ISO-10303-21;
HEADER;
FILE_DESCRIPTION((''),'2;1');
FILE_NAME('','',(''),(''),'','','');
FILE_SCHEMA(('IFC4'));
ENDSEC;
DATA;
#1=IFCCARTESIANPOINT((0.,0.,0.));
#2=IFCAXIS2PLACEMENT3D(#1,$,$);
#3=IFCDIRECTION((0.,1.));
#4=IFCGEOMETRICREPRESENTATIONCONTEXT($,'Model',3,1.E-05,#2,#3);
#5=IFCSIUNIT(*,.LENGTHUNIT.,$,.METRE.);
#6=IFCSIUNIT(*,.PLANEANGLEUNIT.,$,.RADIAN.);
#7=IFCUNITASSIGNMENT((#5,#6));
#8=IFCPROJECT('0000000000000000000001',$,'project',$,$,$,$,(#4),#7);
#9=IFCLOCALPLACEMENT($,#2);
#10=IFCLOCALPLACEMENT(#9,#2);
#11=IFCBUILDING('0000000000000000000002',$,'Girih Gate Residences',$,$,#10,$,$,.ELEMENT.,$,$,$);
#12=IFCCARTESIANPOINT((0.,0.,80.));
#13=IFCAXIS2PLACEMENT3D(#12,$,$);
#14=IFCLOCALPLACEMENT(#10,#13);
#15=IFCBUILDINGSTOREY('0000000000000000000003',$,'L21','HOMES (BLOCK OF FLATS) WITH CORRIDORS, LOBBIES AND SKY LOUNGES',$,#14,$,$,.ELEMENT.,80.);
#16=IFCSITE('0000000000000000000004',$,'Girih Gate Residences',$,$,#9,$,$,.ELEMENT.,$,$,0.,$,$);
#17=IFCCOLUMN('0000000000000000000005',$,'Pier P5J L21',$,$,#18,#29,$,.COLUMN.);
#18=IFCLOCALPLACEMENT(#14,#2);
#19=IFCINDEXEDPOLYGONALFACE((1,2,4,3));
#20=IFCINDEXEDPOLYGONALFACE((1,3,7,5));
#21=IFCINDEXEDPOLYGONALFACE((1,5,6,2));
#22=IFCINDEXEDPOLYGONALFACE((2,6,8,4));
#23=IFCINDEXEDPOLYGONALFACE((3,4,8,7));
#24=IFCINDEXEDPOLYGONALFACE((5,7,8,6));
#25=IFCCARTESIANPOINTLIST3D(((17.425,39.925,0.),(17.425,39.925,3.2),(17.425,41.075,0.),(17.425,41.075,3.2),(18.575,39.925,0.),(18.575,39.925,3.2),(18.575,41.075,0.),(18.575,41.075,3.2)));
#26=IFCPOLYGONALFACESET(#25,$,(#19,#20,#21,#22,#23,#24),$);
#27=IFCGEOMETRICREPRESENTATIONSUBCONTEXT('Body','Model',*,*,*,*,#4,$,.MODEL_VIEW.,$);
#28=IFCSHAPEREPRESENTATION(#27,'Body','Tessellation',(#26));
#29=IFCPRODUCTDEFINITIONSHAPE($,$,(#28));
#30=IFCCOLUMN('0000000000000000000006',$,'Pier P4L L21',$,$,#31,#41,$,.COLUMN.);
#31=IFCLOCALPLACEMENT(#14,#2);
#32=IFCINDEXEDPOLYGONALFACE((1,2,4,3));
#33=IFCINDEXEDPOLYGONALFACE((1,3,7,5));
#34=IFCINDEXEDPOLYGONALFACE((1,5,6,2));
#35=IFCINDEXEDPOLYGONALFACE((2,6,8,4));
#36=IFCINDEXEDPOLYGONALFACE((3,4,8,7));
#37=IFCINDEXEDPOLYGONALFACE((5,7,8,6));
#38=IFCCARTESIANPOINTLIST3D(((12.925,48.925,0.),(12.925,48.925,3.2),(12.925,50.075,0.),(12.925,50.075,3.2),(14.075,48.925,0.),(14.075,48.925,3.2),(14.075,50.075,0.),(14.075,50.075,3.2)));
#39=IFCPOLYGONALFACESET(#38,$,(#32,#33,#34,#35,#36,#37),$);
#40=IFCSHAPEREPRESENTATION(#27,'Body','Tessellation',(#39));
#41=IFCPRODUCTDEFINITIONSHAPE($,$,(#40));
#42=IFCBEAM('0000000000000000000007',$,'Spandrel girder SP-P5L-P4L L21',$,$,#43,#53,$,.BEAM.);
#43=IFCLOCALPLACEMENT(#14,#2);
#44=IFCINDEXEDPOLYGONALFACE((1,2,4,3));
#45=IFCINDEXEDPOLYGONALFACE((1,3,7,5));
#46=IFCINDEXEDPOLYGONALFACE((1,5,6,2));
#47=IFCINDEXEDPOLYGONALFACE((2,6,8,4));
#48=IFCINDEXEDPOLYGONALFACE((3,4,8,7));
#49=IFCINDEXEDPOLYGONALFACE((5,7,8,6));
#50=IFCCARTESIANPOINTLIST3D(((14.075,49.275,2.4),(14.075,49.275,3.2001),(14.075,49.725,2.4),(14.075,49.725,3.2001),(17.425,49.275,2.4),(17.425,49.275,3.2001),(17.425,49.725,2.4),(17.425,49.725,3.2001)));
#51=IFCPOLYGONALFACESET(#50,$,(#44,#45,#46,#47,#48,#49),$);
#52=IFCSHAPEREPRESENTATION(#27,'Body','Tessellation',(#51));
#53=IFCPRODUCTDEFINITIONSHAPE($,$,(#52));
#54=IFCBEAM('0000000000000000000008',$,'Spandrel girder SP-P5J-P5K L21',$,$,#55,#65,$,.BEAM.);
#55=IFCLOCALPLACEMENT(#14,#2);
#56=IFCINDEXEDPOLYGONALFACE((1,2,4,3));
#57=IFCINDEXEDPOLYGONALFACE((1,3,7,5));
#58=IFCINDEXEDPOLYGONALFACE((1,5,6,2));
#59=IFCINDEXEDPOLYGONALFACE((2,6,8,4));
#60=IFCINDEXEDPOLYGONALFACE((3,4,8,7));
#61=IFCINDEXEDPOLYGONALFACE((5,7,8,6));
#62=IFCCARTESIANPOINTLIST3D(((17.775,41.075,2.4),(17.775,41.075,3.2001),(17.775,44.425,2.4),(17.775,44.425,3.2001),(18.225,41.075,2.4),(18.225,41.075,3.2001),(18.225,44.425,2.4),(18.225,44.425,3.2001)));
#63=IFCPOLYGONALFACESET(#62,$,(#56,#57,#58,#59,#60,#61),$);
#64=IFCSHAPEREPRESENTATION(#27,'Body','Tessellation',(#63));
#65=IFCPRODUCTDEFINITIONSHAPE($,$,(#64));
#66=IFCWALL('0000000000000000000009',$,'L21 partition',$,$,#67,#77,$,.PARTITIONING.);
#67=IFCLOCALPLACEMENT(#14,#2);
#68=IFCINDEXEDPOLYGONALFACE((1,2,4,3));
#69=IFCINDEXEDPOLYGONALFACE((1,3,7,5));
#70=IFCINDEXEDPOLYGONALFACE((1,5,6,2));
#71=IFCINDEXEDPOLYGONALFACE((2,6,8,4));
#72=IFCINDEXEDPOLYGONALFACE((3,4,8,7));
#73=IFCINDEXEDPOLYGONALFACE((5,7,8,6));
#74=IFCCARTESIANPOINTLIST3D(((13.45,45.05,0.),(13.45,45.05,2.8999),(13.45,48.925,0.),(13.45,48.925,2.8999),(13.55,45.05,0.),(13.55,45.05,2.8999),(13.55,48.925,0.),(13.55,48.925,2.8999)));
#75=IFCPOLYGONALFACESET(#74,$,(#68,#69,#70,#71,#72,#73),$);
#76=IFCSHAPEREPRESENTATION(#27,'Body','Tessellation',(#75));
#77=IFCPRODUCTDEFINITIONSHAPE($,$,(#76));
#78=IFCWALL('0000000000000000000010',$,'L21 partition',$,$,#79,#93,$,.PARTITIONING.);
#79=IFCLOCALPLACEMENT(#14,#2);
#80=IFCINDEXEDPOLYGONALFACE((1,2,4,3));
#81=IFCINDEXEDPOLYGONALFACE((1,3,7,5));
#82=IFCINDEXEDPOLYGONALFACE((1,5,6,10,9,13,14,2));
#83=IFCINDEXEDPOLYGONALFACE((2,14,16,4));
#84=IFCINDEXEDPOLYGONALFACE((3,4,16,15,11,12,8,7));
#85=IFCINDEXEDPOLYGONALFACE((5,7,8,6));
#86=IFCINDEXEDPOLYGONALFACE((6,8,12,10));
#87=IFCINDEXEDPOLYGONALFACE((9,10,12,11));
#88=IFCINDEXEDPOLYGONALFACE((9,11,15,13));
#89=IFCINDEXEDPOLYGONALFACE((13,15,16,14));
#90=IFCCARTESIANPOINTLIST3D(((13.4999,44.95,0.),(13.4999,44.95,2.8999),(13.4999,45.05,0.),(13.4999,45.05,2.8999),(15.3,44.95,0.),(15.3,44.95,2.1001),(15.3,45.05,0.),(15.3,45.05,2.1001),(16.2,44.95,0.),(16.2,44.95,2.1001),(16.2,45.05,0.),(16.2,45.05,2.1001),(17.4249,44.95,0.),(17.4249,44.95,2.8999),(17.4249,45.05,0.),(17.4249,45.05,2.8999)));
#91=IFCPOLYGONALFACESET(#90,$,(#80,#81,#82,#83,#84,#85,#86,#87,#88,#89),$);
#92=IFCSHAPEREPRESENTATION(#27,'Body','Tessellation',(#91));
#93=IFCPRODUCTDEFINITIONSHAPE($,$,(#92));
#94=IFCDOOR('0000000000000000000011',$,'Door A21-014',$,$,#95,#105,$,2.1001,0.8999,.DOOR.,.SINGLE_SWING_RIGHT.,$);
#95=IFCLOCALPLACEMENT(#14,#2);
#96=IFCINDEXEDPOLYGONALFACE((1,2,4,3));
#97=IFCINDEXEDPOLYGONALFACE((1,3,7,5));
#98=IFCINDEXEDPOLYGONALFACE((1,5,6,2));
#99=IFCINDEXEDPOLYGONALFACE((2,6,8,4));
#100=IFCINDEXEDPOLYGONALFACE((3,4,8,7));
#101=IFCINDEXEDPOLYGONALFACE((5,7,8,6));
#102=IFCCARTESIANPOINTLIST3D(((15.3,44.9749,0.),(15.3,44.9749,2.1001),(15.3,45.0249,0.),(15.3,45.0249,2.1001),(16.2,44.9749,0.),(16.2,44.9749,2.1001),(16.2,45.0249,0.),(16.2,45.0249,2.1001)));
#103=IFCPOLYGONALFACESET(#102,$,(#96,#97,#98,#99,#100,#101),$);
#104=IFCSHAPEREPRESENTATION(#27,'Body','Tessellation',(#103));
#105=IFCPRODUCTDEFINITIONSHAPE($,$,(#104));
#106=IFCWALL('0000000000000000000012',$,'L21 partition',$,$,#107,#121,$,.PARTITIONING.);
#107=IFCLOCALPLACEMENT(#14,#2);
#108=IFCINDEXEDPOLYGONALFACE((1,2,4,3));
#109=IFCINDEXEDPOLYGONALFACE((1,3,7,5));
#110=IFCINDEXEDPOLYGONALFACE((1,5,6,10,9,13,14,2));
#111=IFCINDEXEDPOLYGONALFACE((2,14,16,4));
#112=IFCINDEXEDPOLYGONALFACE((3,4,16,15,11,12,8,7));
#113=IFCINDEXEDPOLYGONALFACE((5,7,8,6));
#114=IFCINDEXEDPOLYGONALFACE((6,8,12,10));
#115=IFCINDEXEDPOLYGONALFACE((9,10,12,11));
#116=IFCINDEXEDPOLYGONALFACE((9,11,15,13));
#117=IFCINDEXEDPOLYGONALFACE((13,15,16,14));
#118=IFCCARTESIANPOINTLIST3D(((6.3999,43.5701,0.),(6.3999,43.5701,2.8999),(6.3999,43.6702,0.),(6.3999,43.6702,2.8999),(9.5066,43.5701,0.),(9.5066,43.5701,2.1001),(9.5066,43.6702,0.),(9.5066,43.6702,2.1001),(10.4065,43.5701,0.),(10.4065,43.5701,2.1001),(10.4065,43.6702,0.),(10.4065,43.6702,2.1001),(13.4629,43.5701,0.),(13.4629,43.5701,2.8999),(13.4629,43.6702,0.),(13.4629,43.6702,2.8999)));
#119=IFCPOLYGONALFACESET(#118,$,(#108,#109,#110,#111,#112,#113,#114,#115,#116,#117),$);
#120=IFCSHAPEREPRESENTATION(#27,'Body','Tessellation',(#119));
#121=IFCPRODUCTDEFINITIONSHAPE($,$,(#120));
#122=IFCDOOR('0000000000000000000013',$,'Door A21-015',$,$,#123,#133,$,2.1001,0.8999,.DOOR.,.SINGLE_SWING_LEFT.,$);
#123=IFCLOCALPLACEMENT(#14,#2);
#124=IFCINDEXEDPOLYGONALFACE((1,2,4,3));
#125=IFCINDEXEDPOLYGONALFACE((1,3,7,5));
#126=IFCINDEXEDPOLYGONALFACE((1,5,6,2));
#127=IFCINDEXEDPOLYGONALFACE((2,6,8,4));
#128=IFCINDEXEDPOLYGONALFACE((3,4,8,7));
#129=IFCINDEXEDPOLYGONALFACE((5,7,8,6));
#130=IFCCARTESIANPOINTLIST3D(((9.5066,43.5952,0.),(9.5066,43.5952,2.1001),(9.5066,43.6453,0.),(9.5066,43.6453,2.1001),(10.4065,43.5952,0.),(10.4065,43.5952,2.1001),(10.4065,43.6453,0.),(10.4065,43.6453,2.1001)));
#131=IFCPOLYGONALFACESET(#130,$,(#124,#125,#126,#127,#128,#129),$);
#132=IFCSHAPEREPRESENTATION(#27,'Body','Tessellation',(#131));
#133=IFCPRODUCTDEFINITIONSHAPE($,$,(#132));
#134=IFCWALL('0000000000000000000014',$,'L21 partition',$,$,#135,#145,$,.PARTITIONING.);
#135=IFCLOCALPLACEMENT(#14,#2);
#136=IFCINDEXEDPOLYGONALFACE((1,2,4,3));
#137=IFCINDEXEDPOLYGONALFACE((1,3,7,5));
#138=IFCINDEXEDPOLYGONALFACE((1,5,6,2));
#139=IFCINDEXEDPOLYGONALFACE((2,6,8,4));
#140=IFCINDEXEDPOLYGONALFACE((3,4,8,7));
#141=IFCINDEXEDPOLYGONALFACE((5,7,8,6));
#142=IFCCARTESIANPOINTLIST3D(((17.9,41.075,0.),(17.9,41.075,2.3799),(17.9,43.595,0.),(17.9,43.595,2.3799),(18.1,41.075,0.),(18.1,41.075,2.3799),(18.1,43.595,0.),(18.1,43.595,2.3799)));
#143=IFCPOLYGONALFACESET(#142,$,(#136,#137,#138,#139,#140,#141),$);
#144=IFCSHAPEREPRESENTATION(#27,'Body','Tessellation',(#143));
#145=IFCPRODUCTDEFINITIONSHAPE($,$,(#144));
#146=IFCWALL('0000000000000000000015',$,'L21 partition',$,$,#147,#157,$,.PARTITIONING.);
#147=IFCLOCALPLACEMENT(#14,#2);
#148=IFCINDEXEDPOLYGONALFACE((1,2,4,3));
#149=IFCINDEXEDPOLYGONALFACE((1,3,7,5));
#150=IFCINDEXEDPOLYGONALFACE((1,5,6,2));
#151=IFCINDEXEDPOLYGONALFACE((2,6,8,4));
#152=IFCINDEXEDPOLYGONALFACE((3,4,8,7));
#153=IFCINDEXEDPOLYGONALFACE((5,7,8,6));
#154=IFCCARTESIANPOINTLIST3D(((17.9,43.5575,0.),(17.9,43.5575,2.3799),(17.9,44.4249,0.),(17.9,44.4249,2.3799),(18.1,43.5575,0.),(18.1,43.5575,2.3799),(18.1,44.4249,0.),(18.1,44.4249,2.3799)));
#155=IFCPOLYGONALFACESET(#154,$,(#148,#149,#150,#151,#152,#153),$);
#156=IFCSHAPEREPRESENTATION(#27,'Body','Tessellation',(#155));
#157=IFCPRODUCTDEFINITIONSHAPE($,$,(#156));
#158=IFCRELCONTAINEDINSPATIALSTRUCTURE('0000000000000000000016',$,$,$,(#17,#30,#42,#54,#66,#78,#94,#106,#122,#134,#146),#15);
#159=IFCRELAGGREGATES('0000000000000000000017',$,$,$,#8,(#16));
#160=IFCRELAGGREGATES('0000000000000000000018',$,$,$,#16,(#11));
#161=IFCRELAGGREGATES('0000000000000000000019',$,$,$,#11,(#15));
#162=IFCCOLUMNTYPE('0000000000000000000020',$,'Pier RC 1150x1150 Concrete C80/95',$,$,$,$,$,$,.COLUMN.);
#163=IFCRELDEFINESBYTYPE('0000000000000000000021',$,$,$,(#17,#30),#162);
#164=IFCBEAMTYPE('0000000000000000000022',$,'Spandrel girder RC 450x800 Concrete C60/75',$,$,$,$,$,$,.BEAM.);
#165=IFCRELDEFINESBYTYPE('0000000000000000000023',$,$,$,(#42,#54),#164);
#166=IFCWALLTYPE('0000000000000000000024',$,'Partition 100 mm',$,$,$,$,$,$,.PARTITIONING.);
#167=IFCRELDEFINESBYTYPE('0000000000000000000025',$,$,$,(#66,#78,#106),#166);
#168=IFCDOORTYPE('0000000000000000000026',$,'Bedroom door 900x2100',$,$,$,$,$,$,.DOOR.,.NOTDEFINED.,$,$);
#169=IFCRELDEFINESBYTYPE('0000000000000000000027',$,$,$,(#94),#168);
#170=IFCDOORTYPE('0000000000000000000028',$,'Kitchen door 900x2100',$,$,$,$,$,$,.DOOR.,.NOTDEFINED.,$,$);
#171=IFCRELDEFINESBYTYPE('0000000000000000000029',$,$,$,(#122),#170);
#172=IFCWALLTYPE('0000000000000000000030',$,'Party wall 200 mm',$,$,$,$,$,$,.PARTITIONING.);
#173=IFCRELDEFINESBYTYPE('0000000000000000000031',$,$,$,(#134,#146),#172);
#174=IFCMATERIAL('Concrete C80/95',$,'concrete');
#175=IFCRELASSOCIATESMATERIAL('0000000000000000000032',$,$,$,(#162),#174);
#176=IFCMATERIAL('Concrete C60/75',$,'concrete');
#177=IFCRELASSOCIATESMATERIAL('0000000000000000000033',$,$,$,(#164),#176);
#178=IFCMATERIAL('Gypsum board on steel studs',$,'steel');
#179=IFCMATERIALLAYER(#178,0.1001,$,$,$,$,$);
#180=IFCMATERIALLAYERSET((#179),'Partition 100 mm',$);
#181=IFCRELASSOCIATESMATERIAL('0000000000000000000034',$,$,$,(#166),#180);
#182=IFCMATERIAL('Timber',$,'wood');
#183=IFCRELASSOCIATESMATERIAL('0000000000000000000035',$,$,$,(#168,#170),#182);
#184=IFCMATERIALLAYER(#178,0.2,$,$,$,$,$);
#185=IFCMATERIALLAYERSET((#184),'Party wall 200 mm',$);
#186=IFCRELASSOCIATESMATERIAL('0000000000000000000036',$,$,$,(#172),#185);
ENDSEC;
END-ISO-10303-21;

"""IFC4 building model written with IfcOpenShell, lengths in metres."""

from ifc_helpers import new_model, si_unit, direction, frame, frame_2d, origin, origin_2d, place, context, subcontext, project, spatial, rectangle, extrude, material, layer, layer_set, material_profile, profile_set, type_object, element, fill, save


model = new_model("IFC4")

# Units and contexts
model_context = context("Model", 3, precision=1e-05, world=origin(), true_north=direction((0.0, 1.0)))
body_context = subcontext(model_context, "Body", "Model", "MODEL_VIEW")
ifc_project = project(units=[si_unit("LENGTHUNIT", "METRE"), si_unit("PLANEANGLEUNIT", "RADIAN")], contexts=[model_context])

# Site, building, storey
site_placement = place(None, origin())
site = spatial("IfcSite", under=ifc_project, at=site_placement, Name="Girih Gate Residences", CompositionType="ELEMENT", RefElevation=0.0)
building_placement = place(site_placement, origin())
building = spatial("IfcBuilding", under=site, at=building_placement, Name="Girih Gate Residences", CompositionType="ELEMENT")
storey_placement = place(building_placement, frame((0.0, 0.0, 80.0)))
storey = spatial("IfcBuildingStorey", under=building, at=storey_placement, Name="L21", Description="HOMES (BLOCK OF FLATS) WITH CORRIDORS, LOBBIES AND SKY LOUNGES", CompositionType="ELEMENT", Elevation=80.0)

# Columns
ifc_material_1 = material(Name="Concrete C80/95", Category="concrete")
ifc_material_profile_1 = material_profile(ifc_material_1, rectangle(XDim=1.1499, YDim=1.1499, at=origin_2d()))
ifc_profile_set_1 = profile_set([ifc_material_profile_1], Name="Concrete C80/95")
column_type = type_object("IfcColumnType", Name="Pier RC 1150x1150 Concrete C80/95", PredefinedType="COLUMN", material=ifc_profile_set_1)
for number, where, z_axis, x_axis, name in (
    (1, (18.0, 40.5, 0.0), (0.0, 0.0, 1.0), (1.0, 0.0, 0.0), "Pier P5J L21"),
    (2, (13.5, 49.5, 0.0), (0.0, 0.0, 1.0), (1.0, 0.0, 0.0), "Pier P4L L21"),
):
    element("IfcColumn", number, at=place(storey_placement, frame(where, z_axis=z_axis, x_axis=x_axis)), inside=storey, type_object=column_type, Name=name, PredefinedType="COLUMN", context=body_context, shape_type="SweptSolid", body=[
        extrude(rectangle(XDim=1.1499, YDim=1.1499, at=origin_2d()), origin(), (0.0, 0.0, 1.0), 3.2),
    ])

# Beams
ifc_material_2 = material(Name="Concrete C60/75", Category="concrete")
ifc_material_profile_2 = material_profile(ifc_material_2, rectangle(XDim=0.45, YDim=0.8, at=origin_2d()))
ifc_profile_set_2 = profile_set([ifc_material_profile_2], Name="Concrete C60/75")
beam_type = type_object("IfcBeamType", Name="Spandrel girder RC 450x800 Concrete C60/75", PredefinedType="BEAM", material=ifc_profile_set_2)
for number, where, z_axis, x_axis, name in (
    (3, (17.425, 49.5, 2.8), (-1.0, 0.0, 0.0), (0.0, -1.0, 0.0), "Spandrel girder SP-P5L-P4L L21"),
    (4, (18.0, 41.075, 2.8), (0.0, 1.0, 0.0), (-1.0, 0.0, 0.0), "Spandrel girder SP-P5J-P5K L21"),
):
    element("IfcBeam", number, at=place(storey_placement, frame(where, z_axis=z_axis, x_axis=x_axis)), inside=storey, type_object=beam_type, Name=name, PredefinedType="BEAM", context=body_context, shape_type="SweptSolid", body=[
        extrude(rectangle(XDim=0.45, YDim=0.8, at=origin_2d()), origin(), (0.0, 0.0, 1.0), 3.3501),
    ])

# Wall
ifc_material_3 = material(Name="Gypsum board on steel studs", Category="steel")
ifc_layer_1 = layer(ifc_material_3, 0.1001)
ifc_layer_set_1 = layer_set([ifc_layer_1], Name="Partition 100 mm")
wall_type_1 = type_object("IfcWallType", Name="Partition 100 mm", PredefinedType="PARTITIONING", material=ifc_layer_set_1)
wall_1_placement = place(storey_placement, frame((13.5, 45.05, 0.0), z_axis=(0.0, 0.0, 1.0), x_axis=(0.0, 1.0, 0.0)))
element("IfcWall", 5, at=wall_1_placement, inside=storey, type_object=wall_type_1, Name="L21 partition", PredefinedType="PARTITIONING", context=body_context, shape_type="SweptSolid", body=[
    extrude(rectangle(XDim=3.875, YDim=0.1001, at=frame_2d((1.9375, 0.0))), origin(), (0.0, 0.0, 1.0), 2.8999),
])

# Walls, openings, doors
wall_2_placement = place(storey_placement, frame((13.5, 45.0, 0.0), z_axis=(0.0, 0.0, 1.0), x_axis=(1.0, 0.0, 0.0)))
wall_2 = element("IfcWall", 6, at=wall_2_placement, inside=storey, type_object=wall_type_1, Name="L21 partition", PredefinedType="PARTITIONING", context=body_context, shape_type="SweptSolid", body=[
    extrude(rectangle(XDim=3.925, YDim=0.1001, at=frame_2d((1.9624, 0.0))), origin(), (0.0, 0.0, 1.0), 2.8999),
])
opening_1_placement = place(wall_2_placement, frame((1.8, 0.0, 0.0)))
opening_1 = element("IfcOpeningElement", 7, at=opening_1_placement, cuts=wall_2, PredefinedType="OPENING", context=body_context, shape_type="SweptSolid", body=[
    extrude(rectangle(XDim=0.8999, YDim=2.1001, at=frame_2d((0.45, 1.05))), frame((0.0, 0.0601, 0.0), z_axis=(0.0, -1.0, 0.0), x_axis=(1.0, 0.0, 0.0)), (0.0, 0.0, 1.0), 0.1201),
])
ifc_material_4 = material(Name="Timber", Category="wood")
door_type_1 = type_object("IfcDoorType", Name="Bedroom door 900x2100", OperationType="NOTDEFINED", PredefinedType="DOOR", material=ifc_material_4)
door_1_placement = place(opening_1_placement, origin())
door_1 = element("IfcDoor", 8, at=door_1_placement, inside=storey, type_object=door_type_1, Name="Door A21-014", OperationType="SINGLE_SWING_RIGHT", OverallHeight=2.1001, OverallWidth=0.8999, PredefinedType="DOOR", context=body_context, shape_type="SweptSolid", body=[
    extrude(rectangle(XDim=0.8999, YDim=2.1001, at=frame_2d((0.45, 1.05))), frame((0.0, 0.0249, 0.0), z_axis=(0.0, -1.0, 0.0), x_axis=(1.0, 0.0, 0.0)), (0.0, 0.0, 1.0), 0.05),
])
fill(opening_1, door_1)
wall_3_placement = place(storey_placement, frame((13.4629, 43.6201, 0.0), z_axis=(0.0, 0.0, 1.0), x_axis=(-1.0, 0.0, 0.0)))
wall_3 = element("IfcWall", 9, at=wall_3_placement, inside=storey, type_object=wall_type_1, Name="L21 partition", PredefinedType="PARTITIONING", context=body_context, shape_type="SweptSolid", body=[
    extrude(rectangle(XDim=7.063, YDim=0.1001, at=frame_2d((3.5315, 0.0))), origin(), (0.0, 0.0, 1.0), 2.8999),
])
opening_2_placement = place(wall_3_placement, frame((3.0564, 0.0, 0.0)))
opening_2 = element("IfcOpeningElement", 10, at=opening_2_placement, cuts=wall_3, PredefinedType="OPENING", context=body_context, shape_type="SweptSolid", body=[
    extrude(rectangle(XDim=0.8999, YDim=2.1001, at=frame_2d((0.45, 1.05))), frame((0.0, 0.0601, 0.0), z_axis=(0.0, -1.0, 0.0), x_axis=(1.0, 0.0, 0.0)), (0.0, 0.0, 1.0), 0.1201),
])
door_type_2 = type_object("IfcDoorType", Name="Kitchen door 900x2100", OperationType="NOTDEFINED", PredefinedType="DOOR", material=ifc_material_4)
door_2_placement = place(opening_2_placement, origin())
door_2 = element("IfcDoor", 11, at=door_2_placement, inside=storey, type_object=door_type_2, Name="Door A21-015", OperationType="SINGLE_SWING_LEFT", OverallHeight=2.1001, OverallWidth=0.8999, PredefinedType="DOOR", context=body_context, shape_type="SweptSolid", body=[
    extrude(rectangle(XDim=0.8999, YDim=2.1001, at=frame_2d((0.45, 1.05))), frame((0.0, 0.0249, 0.0), z_axis=(0.0, -1.0, 0.0), x_axis=(1.0, 0.0, 0.0)), (0.0, 0.0, 1.0), 0.05),
])
fill(opening_2, door_2)

# Walls
ifc_layer_2 = layer(ifc_material_3, 0.2)
ifc_layer_set_2 = layer_set([ifc_layer_2], Name="Party wall 200 mm")
wall_type_2 = type_object("IfcWallType", Name="Party wall 200 mm", PredefinedType="PARTITIONING", material=ifc_layer_set_2)
wall_4_placement = place(storey_placement, frame((18.0, 41.075, 0.0), z_axis=(0.0, 0.0, 1.0), x_axis=(0.0, 1.0, 0.0)))
element("IfcWall", 12, at=wall_4_placement, inside=storey, type_object=wall_type_2, Name="L21 partition", PredefinedType="PARTITIONING", context=body_context, shape_type="SweptSolid", body=[
    extrude(rectangle(XDim=2.52, YDim=0.2, at=frame_2d((1.26, 0.0))), origin(), (0.0, 0.0, 1.0), 2.3799),
])
wall_5_placement = place(storey_placement, frame((18.0, 43.5576, 0.0), z_axis=(0.0, 0.0, 1.0), x_axis=(0.0, 1.0, 0.0)))
element("IfcWall", 13, at=wall_5_placement, inside=storey, type_object=wall_type_2, Name="L21 partition", PredefinedType="PARTITIONING", context=body_context, shape_type="SweptSolid", body=[
    extrude(rectangle(XDim=0.8674, YDim=0.2, at=frame_2d((0.4336, 0.0))), origin(), (0.0, 0.0, 1.0), 2.3799),
])

save(model, "model.ifc")
